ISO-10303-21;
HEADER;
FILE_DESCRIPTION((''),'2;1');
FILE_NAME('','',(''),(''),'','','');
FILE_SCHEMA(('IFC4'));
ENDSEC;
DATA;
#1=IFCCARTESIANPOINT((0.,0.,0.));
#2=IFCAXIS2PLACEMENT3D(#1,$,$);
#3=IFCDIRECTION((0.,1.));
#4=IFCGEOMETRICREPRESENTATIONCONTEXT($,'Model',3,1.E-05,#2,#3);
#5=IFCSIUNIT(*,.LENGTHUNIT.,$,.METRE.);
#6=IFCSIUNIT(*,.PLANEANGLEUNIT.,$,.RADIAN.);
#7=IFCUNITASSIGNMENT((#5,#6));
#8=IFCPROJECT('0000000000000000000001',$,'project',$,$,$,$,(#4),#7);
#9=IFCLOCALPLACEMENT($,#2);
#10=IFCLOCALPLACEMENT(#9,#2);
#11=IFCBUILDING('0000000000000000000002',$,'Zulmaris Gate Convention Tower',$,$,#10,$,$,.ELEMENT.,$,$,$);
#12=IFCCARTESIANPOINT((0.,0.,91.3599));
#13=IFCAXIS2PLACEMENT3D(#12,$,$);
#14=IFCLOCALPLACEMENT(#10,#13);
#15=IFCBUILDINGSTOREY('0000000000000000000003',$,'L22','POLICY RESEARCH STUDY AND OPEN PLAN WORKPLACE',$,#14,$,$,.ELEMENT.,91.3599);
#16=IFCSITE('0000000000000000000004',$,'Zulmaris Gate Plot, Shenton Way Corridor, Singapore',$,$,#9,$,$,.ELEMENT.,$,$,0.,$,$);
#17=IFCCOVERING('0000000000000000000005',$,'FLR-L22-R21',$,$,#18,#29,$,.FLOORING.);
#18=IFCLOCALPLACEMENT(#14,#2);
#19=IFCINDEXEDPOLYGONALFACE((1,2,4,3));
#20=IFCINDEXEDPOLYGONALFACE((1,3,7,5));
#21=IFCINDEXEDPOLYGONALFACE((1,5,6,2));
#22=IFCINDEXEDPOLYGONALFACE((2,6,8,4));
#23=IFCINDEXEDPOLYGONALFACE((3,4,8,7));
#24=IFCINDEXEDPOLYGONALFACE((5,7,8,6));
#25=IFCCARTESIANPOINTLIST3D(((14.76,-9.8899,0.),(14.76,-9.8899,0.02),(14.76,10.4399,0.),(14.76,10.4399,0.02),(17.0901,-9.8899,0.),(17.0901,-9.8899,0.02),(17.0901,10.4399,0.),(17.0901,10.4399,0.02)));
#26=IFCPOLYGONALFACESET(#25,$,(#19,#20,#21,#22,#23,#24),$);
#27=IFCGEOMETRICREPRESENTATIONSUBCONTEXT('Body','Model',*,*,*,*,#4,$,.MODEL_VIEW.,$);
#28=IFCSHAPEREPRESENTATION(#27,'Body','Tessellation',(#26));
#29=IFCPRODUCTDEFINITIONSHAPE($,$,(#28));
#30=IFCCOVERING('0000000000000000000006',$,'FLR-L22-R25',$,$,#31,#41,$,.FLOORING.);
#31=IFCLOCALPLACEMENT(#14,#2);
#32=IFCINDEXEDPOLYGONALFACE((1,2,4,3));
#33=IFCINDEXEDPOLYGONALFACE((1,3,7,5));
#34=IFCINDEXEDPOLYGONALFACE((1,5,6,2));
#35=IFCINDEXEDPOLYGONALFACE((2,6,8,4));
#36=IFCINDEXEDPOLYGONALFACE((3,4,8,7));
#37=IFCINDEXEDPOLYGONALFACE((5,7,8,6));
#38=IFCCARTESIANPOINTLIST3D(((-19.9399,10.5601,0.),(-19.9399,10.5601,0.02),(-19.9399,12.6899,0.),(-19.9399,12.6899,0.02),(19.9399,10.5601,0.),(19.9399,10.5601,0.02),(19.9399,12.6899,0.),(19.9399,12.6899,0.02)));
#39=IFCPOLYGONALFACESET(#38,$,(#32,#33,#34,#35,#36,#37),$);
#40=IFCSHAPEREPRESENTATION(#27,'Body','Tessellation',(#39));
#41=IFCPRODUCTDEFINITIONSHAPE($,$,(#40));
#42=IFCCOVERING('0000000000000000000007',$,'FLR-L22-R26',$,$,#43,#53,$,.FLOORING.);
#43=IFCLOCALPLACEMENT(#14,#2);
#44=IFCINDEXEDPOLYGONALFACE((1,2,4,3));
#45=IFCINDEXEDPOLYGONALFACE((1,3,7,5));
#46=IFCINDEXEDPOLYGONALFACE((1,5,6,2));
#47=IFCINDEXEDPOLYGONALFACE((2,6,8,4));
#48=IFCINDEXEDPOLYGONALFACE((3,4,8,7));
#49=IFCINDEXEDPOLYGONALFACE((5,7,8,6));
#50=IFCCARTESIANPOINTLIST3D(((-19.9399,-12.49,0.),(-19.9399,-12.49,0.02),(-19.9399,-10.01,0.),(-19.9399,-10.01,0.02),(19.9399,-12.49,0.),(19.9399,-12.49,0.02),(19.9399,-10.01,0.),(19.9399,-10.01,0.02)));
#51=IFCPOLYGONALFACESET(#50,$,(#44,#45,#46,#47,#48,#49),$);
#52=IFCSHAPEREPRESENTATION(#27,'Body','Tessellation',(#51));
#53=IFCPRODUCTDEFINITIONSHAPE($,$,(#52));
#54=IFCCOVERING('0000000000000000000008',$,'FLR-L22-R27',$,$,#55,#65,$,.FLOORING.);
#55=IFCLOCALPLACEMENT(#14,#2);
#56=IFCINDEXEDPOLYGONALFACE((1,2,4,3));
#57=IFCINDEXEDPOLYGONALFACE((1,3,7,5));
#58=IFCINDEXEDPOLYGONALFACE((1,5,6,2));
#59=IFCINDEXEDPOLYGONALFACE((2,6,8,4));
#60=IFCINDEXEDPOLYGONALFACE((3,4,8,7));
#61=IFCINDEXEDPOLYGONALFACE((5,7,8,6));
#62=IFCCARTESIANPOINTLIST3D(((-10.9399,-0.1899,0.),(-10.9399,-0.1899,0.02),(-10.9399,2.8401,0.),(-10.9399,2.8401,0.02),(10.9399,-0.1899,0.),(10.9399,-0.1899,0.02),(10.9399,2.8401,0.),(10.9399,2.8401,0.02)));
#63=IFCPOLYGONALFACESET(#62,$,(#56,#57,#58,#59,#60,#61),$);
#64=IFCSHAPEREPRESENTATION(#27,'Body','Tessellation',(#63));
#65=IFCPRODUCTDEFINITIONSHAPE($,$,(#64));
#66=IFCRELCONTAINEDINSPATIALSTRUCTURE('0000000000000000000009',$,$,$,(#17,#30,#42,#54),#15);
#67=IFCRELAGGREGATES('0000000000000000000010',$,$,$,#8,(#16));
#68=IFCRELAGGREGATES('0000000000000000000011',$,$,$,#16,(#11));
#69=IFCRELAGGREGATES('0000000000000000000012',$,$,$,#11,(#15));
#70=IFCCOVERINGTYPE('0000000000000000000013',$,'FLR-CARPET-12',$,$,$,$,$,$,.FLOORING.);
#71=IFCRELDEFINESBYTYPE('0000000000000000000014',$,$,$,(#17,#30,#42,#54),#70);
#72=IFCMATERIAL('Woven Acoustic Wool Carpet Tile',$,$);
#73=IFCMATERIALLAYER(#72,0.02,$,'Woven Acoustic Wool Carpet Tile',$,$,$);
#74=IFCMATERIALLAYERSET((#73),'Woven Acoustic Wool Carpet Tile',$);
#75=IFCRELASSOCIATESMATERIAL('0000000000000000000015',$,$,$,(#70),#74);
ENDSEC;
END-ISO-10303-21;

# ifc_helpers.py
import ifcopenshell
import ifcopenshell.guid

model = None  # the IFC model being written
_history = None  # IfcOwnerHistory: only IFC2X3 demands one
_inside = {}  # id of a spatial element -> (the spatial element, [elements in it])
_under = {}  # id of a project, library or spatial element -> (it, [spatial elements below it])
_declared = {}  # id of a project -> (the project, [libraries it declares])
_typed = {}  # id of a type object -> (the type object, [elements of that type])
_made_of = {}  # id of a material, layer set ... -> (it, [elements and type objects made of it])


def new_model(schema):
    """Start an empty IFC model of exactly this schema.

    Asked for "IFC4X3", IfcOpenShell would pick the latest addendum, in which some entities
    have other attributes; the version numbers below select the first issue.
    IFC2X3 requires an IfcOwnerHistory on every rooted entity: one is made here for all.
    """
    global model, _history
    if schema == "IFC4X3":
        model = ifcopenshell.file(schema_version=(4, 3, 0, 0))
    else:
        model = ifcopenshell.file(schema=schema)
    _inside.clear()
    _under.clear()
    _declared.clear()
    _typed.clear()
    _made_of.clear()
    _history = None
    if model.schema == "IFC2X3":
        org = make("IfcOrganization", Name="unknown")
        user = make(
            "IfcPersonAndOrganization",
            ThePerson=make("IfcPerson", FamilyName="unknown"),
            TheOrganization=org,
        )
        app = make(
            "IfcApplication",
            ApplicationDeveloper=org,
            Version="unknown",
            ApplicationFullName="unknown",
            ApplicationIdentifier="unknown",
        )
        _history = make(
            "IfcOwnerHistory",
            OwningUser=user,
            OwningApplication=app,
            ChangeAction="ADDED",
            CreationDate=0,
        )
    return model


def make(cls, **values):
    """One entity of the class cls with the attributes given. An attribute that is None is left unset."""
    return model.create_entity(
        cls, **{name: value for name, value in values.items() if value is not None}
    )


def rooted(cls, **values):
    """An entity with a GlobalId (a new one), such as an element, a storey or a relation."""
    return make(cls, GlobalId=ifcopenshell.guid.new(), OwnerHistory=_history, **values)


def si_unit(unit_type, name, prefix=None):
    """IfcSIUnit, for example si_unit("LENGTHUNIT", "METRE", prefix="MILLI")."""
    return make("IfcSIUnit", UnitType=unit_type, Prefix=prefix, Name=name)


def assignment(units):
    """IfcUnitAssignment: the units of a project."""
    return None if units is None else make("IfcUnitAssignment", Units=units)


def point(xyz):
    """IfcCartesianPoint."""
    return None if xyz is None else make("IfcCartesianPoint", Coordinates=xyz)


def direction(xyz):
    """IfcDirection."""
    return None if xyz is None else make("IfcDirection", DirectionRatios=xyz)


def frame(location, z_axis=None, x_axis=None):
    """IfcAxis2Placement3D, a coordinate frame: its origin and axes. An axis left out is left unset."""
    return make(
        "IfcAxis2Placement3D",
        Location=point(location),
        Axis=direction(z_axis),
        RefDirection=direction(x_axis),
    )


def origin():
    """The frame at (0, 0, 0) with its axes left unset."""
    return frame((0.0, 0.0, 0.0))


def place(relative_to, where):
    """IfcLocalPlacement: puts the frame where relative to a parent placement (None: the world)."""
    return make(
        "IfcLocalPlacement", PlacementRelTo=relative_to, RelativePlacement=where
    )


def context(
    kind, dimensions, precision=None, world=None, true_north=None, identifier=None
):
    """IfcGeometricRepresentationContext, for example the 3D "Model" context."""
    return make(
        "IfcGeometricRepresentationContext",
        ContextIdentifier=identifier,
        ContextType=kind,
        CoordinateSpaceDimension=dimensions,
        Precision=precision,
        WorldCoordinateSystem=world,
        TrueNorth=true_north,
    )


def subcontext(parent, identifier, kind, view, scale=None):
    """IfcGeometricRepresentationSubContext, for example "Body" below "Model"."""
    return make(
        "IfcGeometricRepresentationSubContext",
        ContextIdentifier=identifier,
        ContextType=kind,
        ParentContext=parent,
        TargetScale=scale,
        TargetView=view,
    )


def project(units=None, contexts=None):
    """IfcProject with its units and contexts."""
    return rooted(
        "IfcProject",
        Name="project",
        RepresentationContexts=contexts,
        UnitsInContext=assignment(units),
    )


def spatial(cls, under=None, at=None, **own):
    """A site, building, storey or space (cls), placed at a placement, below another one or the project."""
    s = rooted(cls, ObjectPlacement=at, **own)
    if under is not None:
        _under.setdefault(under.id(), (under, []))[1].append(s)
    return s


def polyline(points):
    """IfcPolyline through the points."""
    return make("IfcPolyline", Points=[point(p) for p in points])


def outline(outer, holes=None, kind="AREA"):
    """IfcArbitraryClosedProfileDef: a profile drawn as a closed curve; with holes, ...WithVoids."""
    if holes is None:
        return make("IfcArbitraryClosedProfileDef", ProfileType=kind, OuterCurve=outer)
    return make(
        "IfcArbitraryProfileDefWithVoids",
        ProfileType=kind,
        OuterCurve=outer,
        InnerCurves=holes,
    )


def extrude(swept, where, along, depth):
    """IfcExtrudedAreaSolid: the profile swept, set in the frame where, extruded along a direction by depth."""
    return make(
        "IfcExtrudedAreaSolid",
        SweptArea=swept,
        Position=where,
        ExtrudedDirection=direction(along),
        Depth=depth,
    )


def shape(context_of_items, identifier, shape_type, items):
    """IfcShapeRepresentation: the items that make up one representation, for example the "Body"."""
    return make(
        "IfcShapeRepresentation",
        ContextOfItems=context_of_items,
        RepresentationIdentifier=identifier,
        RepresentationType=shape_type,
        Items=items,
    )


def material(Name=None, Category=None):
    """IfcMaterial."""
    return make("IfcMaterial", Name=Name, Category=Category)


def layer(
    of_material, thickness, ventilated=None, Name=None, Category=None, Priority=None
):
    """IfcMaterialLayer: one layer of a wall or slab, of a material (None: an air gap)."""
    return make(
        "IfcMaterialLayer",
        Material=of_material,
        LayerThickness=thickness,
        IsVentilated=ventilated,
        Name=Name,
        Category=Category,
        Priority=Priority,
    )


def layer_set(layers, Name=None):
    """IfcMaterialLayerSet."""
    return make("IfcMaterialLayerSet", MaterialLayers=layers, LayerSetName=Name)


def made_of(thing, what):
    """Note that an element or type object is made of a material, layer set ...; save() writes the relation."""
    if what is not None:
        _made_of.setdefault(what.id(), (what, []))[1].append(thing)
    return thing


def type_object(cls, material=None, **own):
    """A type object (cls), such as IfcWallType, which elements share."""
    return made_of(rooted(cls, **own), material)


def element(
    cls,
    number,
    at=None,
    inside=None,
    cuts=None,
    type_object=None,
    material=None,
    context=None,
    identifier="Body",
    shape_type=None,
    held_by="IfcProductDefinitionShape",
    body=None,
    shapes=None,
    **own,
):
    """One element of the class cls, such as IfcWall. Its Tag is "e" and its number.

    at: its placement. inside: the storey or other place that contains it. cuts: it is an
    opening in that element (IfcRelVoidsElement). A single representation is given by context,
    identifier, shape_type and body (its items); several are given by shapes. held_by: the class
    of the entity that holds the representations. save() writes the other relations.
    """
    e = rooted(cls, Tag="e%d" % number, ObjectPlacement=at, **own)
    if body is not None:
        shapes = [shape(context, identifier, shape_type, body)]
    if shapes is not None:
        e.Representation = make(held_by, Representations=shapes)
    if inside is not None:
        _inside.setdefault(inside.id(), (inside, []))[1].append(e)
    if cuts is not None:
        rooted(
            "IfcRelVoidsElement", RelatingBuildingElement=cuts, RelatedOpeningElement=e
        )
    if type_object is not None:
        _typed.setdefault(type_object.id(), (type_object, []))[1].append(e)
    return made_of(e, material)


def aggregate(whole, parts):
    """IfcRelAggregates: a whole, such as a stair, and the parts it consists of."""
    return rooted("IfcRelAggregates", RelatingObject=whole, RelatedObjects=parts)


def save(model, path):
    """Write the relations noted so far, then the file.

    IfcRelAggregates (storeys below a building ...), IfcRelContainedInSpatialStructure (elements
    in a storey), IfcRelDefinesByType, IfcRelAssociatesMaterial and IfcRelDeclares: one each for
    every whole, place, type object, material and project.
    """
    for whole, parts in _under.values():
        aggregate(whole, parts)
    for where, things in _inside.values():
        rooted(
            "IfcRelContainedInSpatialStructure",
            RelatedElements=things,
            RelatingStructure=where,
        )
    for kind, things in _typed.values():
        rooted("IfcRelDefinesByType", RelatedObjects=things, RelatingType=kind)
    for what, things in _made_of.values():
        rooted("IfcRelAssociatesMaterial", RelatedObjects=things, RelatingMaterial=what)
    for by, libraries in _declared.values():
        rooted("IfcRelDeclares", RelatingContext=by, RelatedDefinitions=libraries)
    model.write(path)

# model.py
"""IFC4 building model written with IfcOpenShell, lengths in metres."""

from ifc_helpers import new_model, si_unit, direction, frame, origin, place, context, subcontext, project, spatial, polyline, outline, extrude, material, layer, layer_set, type_object, element, save


model = new_model("IFC4")

# Units and contexts
model_context = context("Model", 3, precision=1e-05, world=origin(), true_north=direction((0.0, 1.0)))
body_context = subcontext(model_context, "Body", "Model", "MODEL_VIEW")
ifc_project = project(units=[si_unit("LENGTHUNIT", "METRE"), si_unit("PLANEANGLEUNIT", "RADIAN")], contexts=[model_context])

# Site, building, storey
site_placement = place(None, origin())
site = spatial("IfcSite", under=ifc_project, at=site_placement, Name="Zulmaris Gate Plot, Shenton Way Corridor, Singapore", CompositionType="ELEMENT", RefElevation=0.0)
building_placement = place(site_placement, origin())
building = spatial("IfcBuilding", under=site, at=building_placement, Name="Zulmaris Gate Convention Tower", CompositionType="ELEMENT")
storey_placement = place(building_placement, frame((0.0, 0.0, 91.3599)))
storey = spatial("IfcBuildingStorey", under=building, at=storey_placement, Name="L22", Description="POLICY RESEARCH STUDY AND OPEN PLAN WORKPLACE", CompositionType="ELEMENT", Elevation=91.3599)

# Coverings
ifc_material_1 = material(Name="Woven Acoustic Wool Carpet Tile")
ifc_layer_1 = layer(ifc_material_1, 0.02, Name="Woven Acoustic Wool Carpet Tile")
ifc_layer_set_1 = layer_set([ifc_layer_1], Name="Woven Acoustic Wool Carpet Tile")
covering_type_1 = type_object("IfcCoveringType", Name="FLR-CARPET-12", PredefinedType="FLOORING", material=ifc_layer_set_1)
covering_1_placement = place(storey_placement, origin())
element("IfcCovering", 1, at=covering_1_placement, inside=storey, type_object=covering_type_1, Name="FLR-L22-R21", PredefinedType="FLOORING", context=body_context, shape_type="SweptSolid", body=[
    extrude(outline(polyline([(14.76, -9.8899), (17.0901, -9.8899), (17.0901, 10.4399), (14.76, 10.4399), (14.76, -9.8899)])), origin(), (0.0, 0.0, 1.0), 0.02),
])
covering_2_placement = place(storey_placement, origin())
element("IfcCovering", 2, at=covering_2_placement, inside=storey, type_object=covering_type_1, Name="FLR-L22-R25", PredefinedType="FLOORING", context=body_context, shape_type="SweptSolid", body=[
    extrude(outline(polyline([(-19.9399, 10.5601), (19.9399, 10.5601), (19.9399, 12.6899), (-19.9399, 12.6899), (-19.9399, 10.5601)])), origin(), (0.0, 0.0, 1.0), 0.02),
])
covering_3_placement = place(storey_placement, origin())
element("IfcCovering", 3, at=covering_3_placement, inside=storey, type_object=covering_type_1, Name="FLR-L22-R26", PredefinedType="FLOORING", context=body_context, shape_type="SweptSolid", body=[
    extrude(outline(polyline([(-19.9399, -12.49), (19.9399, -12.49), (19.9399, -10.01), (-19.9399, -10.01), (-19.9399, -12.49)])), origin(), (0.0, 0.0, 1.0), 0.02),
])
covering_4_placement = place(storey_placement, origin())
element("IfcCovering", 4, at=covering_4_placement, inside=storey, type_object=covering_type_1, Name="FLR-L22-R27", PredefinedType="FLOORING", context=body_context, shape_type="SweptSolid", body=[
    extrude(outline(polyline([(-10.9399, -0.1899), (10.9399, -0.1899), (10.9399, 2.8401), (-10.9399, 2.8401), (-10.9399, -0.1899)])), origin(), (0.0, 0.0, 1.0), 0.02),
])

save(model, "model.ifc")
